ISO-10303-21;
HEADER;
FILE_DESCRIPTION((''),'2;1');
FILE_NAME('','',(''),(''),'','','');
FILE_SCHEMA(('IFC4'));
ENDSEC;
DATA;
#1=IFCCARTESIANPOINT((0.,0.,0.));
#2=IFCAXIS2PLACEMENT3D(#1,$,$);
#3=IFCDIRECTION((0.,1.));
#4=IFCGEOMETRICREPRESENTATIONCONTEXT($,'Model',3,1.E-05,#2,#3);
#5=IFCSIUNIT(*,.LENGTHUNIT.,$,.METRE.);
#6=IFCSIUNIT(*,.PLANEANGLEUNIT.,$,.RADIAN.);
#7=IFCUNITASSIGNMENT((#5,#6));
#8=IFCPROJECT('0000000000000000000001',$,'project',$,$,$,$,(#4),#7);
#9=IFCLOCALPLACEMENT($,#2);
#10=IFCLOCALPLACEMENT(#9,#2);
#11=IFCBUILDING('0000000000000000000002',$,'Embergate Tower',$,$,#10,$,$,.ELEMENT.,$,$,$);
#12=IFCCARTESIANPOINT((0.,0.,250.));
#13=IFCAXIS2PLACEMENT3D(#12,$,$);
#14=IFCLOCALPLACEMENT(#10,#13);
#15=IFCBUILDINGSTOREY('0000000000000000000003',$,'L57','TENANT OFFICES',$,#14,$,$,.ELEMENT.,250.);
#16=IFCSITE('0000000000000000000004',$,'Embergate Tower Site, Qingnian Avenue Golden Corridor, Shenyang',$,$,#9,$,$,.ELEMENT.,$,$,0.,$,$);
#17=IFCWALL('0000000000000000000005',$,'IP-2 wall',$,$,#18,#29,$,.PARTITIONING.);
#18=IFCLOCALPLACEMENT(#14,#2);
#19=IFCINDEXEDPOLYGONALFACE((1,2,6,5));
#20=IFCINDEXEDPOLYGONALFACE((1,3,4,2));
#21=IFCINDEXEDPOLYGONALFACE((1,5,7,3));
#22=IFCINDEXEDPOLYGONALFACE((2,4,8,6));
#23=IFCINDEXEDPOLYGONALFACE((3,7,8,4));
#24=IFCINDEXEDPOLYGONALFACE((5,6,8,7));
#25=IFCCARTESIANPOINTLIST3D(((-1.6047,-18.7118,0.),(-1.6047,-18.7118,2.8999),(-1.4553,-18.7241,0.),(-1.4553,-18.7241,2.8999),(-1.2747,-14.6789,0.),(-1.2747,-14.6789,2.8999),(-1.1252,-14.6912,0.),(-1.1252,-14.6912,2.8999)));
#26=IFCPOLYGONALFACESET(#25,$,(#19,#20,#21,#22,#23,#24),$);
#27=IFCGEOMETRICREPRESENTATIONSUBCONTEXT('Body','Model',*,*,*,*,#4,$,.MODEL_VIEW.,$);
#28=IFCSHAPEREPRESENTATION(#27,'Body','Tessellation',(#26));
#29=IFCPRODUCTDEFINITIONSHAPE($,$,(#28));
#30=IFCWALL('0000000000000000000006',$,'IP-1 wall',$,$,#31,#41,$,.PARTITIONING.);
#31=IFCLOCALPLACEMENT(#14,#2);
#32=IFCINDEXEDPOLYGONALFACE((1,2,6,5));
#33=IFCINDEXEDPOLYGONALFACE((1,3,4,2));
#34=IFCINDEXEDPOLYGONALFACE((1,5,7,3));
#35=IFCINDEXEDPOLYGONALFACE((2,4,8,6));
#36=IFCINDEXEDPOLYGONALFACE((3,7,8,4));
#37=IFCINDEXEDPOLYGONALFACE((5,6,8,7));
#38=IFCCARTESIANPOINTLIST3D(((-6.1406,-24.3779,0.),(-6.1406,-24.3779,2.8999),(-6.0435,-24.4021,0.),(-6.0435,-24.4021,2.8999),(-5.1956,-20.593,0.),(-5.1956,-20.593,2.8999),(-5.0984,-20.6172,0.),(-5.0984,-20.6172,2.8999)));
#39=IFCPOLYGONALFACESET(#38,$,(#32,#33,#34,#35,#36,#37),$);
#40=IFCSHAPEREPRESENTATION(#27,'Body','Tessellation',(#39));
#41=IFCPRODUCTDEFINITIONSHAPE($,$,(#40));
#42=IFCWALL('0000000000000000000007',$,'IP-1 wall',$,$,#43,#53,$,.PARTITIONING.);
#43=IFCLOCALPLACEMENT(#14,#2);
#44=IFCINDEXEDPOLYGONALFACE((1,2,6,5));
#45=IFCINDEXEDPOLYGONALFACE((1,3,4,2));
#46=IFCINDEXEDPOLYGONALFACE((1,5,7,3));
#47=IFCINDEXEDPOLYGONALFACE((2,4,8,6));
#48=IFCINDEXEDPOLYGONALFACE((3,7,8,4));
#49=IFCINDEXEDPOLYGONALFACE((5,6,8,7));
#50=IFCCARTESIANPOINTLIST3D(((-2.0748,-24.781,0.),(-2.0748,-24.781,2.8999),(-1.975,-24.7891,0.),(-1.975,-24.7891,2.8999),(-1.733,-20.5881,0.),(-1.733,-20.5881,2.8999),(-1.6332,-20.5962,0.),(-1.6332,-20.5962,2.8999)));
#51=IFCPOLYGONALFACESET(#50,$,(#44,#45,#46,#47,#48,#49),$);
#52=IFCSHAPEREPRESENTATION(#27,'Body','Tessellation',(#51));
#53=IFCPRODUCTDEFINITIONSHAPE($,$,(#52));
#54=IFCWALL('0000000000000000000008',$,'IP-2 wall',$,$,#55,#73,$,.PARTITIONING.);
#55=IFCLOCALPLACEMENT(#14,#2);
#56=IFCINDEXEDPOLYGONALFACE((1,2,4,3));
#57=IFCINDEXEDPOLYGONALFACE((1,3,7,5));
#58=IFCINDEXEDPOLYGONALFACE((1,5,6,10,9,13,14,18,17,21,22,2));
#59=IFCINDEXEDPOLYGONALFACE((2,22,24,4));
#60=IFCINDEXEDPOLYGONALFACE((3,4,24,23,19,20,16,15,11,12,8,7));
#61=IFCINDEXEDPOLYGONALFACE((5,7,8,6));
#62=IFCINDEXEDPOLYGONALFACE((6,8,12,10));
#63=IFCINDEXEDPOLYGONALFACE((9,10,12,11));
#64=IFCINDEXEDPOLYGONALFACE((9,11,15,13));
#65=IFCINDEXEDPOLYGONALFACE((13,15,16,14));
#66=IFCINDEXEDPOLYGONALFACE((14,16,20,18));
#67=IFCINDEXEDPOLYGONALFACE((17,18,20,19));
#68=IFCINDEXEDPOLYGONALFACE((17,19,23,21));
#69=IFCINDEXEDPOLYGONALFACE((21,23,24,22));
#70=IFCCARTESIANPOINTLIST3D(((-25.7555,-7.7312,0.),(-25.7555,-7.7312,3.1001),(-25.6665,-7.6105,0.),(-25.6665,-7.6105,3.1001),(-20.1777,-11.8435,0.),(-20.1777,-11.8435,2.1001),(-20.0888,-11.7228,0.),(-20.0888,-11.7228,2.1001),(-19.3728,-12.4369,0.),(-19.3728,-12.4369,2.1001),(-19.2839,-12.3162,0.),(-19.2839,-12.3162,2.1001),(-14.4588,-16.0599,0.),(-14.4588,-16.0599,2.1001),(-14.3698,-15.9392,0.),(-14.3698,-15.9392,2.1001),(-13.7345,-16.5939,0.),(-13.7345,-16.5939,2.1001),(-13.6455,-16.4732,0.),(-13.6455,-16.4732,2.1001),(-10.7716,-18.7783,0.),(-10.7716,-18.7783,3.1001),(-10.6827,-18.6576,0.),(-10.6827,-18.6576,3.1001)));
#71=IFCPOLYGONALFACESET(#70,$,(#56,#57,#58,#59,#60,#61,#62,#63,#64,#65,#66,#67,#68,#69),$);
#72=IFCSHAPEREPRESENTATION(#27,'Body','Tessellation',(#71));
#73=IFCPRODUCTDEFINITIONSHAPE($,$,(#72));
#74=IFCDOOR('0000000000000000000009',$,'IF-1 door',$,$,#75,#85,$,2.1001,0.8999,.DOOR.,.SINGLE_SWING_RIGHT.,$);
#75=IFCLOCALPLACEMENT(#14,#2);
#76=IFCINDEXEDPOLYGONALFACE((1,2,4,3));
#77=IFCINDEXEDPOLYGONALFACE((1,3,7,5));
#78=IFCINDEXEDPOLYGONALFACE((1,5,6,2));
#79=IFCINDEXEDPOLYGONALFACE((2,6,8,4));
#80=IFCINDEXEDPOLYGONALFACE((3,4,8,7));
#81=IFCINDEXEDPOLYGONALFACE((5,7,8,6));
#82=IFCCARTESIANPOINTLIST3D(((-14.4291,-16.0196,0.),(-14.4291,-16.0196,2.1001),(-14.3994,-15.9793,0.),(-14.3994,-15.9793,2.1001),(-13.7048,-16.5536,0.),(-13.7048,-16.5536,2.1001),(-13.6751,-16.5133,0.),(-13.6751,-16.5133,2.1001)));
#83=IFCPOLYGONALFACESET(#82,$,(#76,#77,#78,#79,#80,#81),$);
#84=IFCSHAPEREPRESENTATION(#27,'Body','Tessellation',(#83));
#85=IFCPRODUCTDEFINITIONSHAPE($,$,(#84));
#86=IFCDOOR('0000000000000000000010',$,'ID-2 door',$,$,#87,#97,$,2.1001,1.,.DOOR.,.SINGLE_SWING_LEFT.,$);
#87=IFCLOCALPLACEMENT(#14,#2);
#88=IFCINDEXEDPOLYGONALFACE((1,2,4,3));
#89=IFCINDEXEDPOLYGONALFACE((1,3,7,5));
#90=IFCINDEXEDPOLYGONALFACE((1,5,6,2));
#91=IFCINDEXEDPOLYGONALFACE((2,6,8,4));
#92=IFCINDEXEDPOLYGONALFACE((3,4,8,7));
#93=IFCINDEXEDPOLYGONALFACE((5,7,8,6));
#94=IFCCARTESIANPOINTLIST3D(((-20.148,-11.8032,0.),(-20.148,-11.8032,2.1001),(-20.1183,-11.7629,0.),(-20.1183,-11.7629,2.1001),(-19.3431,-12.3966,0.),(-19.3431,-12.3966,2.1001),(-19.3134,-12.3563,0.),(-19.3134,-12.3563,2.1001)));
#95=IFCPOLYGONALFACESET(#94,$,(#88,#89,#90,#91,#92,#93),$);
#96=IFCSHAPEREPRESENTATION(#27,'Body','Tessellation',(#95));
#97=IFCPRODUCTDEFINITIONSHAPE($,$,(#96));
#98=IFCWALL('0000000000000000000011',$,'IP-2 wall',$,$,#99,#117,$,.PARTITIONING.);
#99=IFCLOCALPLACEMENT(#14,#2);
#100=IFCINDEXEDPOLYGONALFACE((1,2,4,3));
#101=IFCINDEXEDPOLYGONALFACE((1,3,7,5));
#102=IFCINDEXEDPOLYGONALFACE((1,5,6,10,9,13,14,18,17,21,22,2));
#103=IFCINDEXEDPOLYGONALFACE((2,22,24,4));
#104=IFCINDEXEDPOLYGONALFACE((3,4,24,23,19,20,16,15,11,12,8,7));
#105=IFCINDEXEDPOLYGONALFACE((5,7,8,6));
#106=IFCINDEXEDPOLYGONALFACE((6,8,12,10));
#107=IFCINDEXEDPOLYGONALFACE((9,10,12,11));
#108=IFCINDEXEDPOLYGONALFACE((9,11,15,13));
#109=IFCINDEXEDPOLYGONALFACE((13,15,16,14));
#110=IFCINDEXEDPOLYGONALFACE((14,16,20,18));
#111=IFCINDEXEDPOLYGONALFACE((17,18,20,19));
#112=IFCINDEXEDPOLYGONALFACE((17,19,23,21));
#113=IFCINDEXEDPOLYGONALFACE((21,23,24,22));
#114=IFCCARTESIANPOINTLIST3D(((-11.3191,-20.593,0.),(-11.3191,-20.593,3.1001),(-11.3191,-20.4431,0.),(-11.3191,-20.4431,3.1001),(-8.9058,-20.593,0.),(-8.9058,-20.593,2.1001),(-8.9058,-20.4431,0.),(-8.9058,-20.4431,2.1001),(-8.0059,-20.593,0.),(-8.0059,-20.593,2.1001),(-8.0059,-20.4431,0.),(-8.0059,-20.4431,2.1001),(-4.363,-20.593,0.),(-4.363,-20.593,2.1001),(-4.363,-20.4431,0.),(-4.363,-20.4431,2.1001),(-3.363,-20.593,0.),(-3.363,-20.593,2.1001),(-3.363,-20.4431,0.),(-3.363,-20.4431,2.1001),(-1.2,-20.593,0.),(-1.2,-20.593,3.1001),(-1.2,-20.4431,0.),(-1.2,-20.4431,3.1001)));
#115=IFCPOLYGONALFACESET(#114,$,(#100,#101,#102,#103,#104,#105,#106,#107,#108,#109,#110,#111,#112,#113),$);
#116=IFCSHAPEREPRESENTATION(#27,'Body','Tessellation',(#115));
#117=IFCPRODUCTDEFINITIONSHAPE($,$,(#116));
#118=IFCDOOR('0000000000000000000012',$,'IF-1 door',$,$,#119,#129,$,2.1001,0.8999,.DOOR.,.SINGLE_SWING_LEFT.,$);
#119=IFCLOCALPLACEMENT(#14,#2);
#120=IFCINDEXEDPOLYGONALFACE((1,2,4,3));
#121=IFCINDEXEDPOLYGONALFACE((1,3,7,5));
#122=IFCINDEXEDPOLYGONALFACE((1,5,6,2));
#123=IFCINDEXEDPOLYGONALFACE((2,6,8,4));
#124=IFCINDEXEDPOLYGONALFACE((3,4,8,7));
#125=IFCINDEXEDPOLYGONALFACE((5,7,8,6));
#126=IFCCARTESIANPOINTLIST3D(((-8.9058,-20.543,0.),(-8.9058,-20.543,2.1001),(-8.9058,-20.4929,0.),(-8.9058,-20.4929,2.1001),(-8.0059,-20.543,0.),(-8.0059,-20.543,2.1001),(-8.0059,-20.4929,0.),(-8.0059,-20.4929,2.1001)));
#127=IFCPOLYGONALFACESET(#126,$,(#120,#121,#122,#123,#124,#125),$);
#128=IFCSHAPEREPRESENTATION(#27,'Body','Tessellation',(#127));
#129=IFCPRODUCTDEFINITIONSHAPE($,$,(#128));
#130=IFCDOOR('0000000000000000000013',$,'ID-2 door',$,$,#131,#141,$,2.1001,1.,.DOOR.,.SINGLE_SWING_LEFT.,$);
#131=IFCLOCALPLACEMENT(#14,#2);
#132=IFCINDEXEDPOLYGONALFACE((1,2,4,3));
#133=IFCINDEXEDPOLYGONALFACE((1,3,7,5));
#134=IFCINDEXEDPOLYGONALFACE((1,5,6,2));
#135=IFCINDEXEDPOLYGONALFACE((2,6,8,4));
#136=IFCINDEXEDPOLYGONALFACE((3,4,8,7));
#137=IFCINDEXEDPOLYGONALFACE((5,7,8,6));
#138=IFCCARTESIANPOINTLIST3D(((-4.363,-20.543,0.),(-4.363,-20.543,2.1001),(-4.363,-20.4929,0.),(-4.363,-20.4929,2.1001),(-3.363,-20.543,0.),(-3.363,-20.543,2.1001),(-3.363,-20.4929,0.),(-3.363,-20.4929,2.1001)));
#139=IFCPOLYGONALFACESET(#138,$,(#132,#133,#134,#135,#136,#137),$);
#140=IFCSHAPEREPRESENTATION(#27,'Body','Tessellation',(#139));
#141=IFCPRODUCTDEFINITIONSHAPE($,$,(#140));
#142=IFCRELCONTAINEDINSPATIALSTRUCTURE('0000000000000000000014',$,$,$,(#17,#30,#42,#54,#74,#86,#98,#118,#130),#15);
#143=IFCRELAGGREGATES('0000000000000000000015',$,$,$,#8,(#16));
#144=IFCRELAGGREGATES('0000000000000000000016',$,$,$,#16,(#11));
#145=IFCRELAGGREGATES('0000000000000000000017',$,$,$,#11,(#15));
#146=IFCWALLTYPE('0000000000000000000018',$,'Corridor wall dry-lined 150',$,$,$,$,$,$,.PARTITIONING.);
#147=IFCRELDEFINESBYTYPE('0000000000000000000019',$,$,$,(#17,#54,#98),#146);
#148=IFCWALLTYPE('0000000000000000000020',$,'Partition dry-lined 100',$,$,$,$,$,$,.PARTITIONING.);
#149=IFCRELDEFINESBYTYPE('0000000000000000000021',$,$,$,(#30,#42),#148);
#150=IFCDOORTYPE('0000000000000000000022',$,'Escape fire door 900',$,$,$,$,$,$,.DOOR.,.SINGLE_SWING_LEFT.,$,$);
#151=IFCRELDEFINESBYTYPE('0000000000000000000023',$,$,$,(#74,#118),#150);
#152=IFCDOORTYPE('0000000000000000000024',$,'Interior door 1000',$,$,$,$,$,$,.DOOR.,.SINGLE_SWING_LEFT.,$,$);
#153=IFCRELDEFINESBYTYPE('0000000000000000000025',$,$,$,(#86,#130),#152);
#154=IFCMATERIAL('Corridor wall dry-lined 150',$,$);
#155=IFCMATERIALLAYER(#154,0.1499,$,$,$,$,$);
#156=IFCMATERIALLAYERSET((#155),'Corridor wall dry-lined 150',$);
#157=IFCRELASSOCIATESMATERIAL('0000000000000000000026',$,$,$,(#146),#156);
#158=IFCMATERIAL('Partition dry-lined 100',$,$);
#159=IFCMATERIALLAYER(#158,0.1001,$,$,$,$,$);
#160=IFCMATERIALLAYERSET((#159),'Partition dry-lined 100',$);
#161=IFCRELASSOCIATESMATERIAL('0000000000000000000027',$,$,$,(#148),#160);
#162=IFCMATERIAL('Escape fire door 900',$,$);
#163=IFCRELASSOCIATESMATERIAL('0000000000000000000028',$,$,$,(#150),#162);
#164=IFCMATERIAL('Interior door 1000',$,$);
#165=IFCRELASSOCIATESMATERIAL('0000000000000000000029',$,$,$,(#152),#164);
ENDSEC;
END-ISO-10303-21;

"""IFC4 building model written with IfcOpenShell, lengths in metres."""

from ifc_helpers import new_model, si_unit, direction, frame, frame_2d, origin, place, context, subcontext, project, spatial, rectangle, extrude, source, transform, mapped, material, layer, layer_set, type_object, element, fill, save


model = new_model("IFC4")

# Units and contexts
model_context = context("Model", 3, precision=1e-05, world=origin(), true_north=direction((0.0, 1.0)))
body_context = subcontext(model_context, "Body", "Model", "MODEL_VIEW")
ifc_project = project(units=[si_unit("LENGTHUNIT", "METRE"), si_unit("PLANEANGLEUNIT", "RADIAN")], contexts=[model_context])

# Site, building, storey
site_placement = place(None, origin())
site = spatial("IfcSite", under=ifc_project, at=site_placement, Name="Embergate Tower Site, Qingnian Avenue Golden Corridor, Shenyang", CompositionType="ELEMENT", RefElevation=0.0)
building_placement = place(site_placement, origin())
building = spatial("IfcBuilding", under=site, at=building_placement, Name="Embergate Tower", CompositionType="ELEMENT")
storey_placement = place(building_placement, frame((0.0, 0.0, 250.0)))
storey = spatial("IfcBuildingStorey", under=building, at=storey_placement, Name="L57", Description="TENANT OFFICES", CompositionType="ELEMENT", Elevation=250.0)

# Walls
ifc_material_1 = material(Name="Corridor wall dry-lined 150")
ifc_layer_1 = layer(ifc_material_1, 0.1499)
ifc_layer_set_1 = layer_set([ifc_layer_1], Name="Corridor wall dry-lined 150")
wall_type_1 = type_object("IfcWallType", Name="Corridor wall dry-lined 150", PredefinedType="PARTITIONING", material=ifc_layer_set_1)
shared_shape_1 = source(origin(), body_context, "Body", "SweptSolid", [
    extrude(rectangle(XDim=4.0464, YDim=0.1499, at=frame_2d((2.0232, 0.0))), origin(), (0.0, 0.0, 1.0), 2.8999),
])
wall_1_placement = place(storey_placement, frame((-1.2, -14.6851, 0.0), z_axis=(0.0, 0.0, 1.0), x_axis=(-0.081572, -0.996667, 0.0)))
element("IfcWall", 1, at=wall_1_placement, inside=storey, type_object=wall_type_1, Name="IP-2 wall", PredefinedType="PARTITIONING", context=body_context, shape_type="MappedRepresentation", body=[
    mapped(shared_shape_1, transform((0.0, 0.0, 0.0))),
])
ifc_material_2 = material(Name="Partition dry-lined 100")
ifc_layer_2 = layer(ifc_material_2, 0.1001)
ifc_layer_set_2 = layer_set([ifc_layer_2], Name="Partition dry-lined 100")
wall_type_2 = type_object("IfcWallType", Name="Partition dry-lined 100", PredefinedType="PARTITIONING", material=ifc_layer_set_2)
shared_shape_2 = source(origin(), body_context, "Body", "SweptSolid", [
    extrude(rectangle(XDim=3.9011, YDim=0.1001, at=frame_2d((1.9507, 0.0))), origin(), (0.0, 0.0, 1.0), 2.8999),
])
wall_2_placement = place(storey_placement, frame((-5.147, -20.605, 0.0), z_axis=(0.0, 0.0, 1.0), x_axis=(-0.242256, -0.970212, 0.0)))
element("IfcWall", 2, at=wall_2_placement, inside=storey, type_object=wall_type_2, Name="IP-1 wall", PredefinedType="PARTITIONING", context=body_context, shape_type="MappedRepresentation", body=[
    mapped(shared_shape_2, transform((0.0, 0.0, 0.0))),
])
shared_shape_3 = source(origin(), body_context, "Body", "SweptSolid", [
    extrude(rectangle(XDim=4.2068, YDim=0.1001, at=frame_2d((2.1035, 0.0))), origin(), (0.0, 0.0, 1.0), 2.8999),
])
wall_3_placement = place(storey_placement, frame((-1.6831, -20.592, 0.0), z_axis=(0.0, 0.0, 1.0), x_axis=(-0.081249, -0.996694, 0.0)))
element("IfcWall", 3, at=wall_3_placement, inside=storey, type_object=wall_type_2, Name="IP-1 wall", PredefinedType="PARTITIONING", context=body_context, shape_type="MappedRepresentation", body=[
    mapped(shared_shape_3, transform((0.0, 0.0, 0.0))),
])

# Walls, openings, doors
shared_shape_4 = source(origin(), body_context, "Body", "SweptSolid", [
    extrude(rectangle(XDim=18.616, YDim=0.1499, at=frame_2d((9.3081, 0.0))), origin(), (0.0, 0.0, 1.0), 3.1001),
])
wall_4_placement = place(storey_placement, frame((-10.7271, -18.718, 0.0), z_axis=(0.0, 0.0, 1.0), x_axis=(-0.804893, 0.59342, 0.0)))
wall_4 = element("IfcWall", 4, at=wall_4_placement, inside=storey, type_object=wall_type_1, Name="IP-2 wall", PredefinedType="PARTITIONING", context=body_context, shape_type="MappedRepresentation", body=[
    mapped(shared_shape_4, transform((0.0, 0.0, 0.0))),
])
shared_shape_5 = source(origin(), body_context, "Body", "SweptSolid", [
    extrude(rectangle(XDim=1.0, YDim=2.1001, at=frame_2d((0.5, 1.05))), frame((0.0, 0.085, 0.0), z_axis=(0.0, -1.0, 0.0), x_axis=(1.0, 0.0, 0.0)), (0.0, 0.0, 1.0), 0.1699),
])
opening_1_placement = place(wall_4_placement, frame((10.6863, 0.0, 0.0)))
opening_1 = element("IfcOpeningElement", 5, at=opening_1_placement, cuts=wall_4, PredefinedType="OPENING", context=body_context, shape_type="MappedRepresentation", body=[
    mapped(shared_shape_5, transform((0.0, 0.0, 0.0))),
])
shared_shape_6 = source(origin(), body_context, "Body", "SweptSolid", [
    extrude(rectangle(XDim=0.8999, YDim=2.1001, at=frame_2d((0.45, 1.05))), frame((0.0, 0.085, 0.0), z_axis=(0.0, -1.0, 0.0), x_axis=(1.0, 0.0, 0.0)), (0.0, 0.0, 1.0), 0.1699),
])
opening_2_placement = place(wall_4_placement, frame((3.6812, 0.0, 0.0)))
opening_2 = element("IfcOpeningElement", 6, at=opening_2_placement, cuts=wall_4, PredefinedType="OPENING", context=body_context, shape_type="MappedRepresentation", body=[
    mapped(shared_shape_6, transform((0.0, 0.0, 0.0))),
])
ifc_material_3 = material(Name="Escape fire door 900")
door_type_1 = type_object("IfcDoorType", Name="Escape fire door 900", OperationType="SINGLE_SWING_LEFT", PredefinedType="DOOR", material=ifc_material_3)
shared_shape_7 = source(origin(), body_context, "Body", "SweptSolid", [
    extrude(rectangle(XDim=0.8999, YDim=2.1001, at=frame_2d((0.45, 1.05))), frame((0.0, 0.0249, 0.0), z_axis=(0.0, -1.0, 0.0), x_axis=(1.0, 0.0, 0.0)), (0.0, 0.0, 1.0), 0.05),
])
door_1_placement = place(opening_2_placement, origin())
door_1 = element("IfcDoor", 7, at=door_1_placement, inside=storey, type_object=door_type_1, Name="IF-1 door", OperationType="SINGLE_SWING_RIGHT", OverallHeight=2.1001, OverallWidth=0.8999, PredefinedType="DOOR", context=body_context, shape_type="MappedRepresentation", body=[
    mapped(shared_shape_7, transform((0.0, 0.0, 0.0))),
])
fill(opening_2, door_1)
ifc_material_4 = material(Name="Interior door 1000")
door_type_2 = type_object("IfcDoorType", Name="Interior door 1000", OperationType="SINGLE_SWING_LEFT", PredefinedType="DOOR", material=ifc_material_4)
shared_shape_8 = source(origin(), body_context, "Body", "SweptSolid", [
    extrude(rectangle(XDim=1.0, YDim=2.1001, at=frame_2d((0.5, 1.05))), frame((0.0, 0.0249, 0.0), z_axis=(0.0, -1.0, 0.0), x_axis=(1.0, 0.0, 0.0)), (0.0, 0.0, 1.0), 0.05),
])
door_2_placement = place(opening_1_placement, origin())
door_2 = element("IfcDoor", 8, at=door_2_placement, inside=storey, type_object=door_type_2, Name="ID-2 door", OperationType="SINGLE_SWING_LEFT", OverallHeight=2.1001, OverallWidth=1.0, PredefinedType="DOOR", context=body_context, shape_type="MappedRepresentation", body=[
    mapped(shared_shape_8, transform((0.0, 0.0, 0.0))),
])
fill(opening_1, door_2)
shared_shape_9 = source(origin(), body_context, "Body", "SweptSolid", [
    extrude(rectangle(XDim=10.1191, YDim=0.1499, at=frame_2d((5.0596, 0.0))), origin(), (0.0, 0.0, 1.0), 3.1001),
])
wall_5_placement = place(storey_placement, frame((-1.2, -20.5181, 0.0), z_axis=(0.0, 0.0, 1.0), x_axis=(-1.0, 0.0, 0.0)))
wall_5 = element("IfcWall", 9, at=wall_5_placement, inside=storey, type_object=wall_type_1, Name="IP-2 wall", PredefinedType="PARTITIONING", context=body_context, shape_type="MappedRepresentation", body=[
    mapped(shared_shape_9, transform((0.0, 0.0, 0.0))),
])
opening_3_placement = place(wall_5_placement, frame((6.8059, 0.0, 0.0)))
opening_3 = element("IfcOpeningElement", 10, at=opening_3_placement, cuts=wall_5, PredefinedType="OPENING", context=body_context, shape_type="MappedRepresentation", body=[
    mapped(shared_shape_6, transform((0.0, 0.0, 0.0))),
])
opening_4_placement = place(wall_5_placement, frame((2.1631, 0.0, 0.0)))
opening_4 = element("IfcOpeningElement", 11, at=opening_4_placement, cuts=wall_5, PredefinedType="OPENING", context=body_context, shape_type="MappedRepresentation", body=[
    mapped(shared_shape_5, transform((0.0, 0.0, 0.0))),
])
door_3_placement = place(opening_3_placement, origin())
door_3 = element("IfcDoor", 12, at=door_3_placement, inside=storey, type_object=door_type_1, Name="IF-1 door", OperationType="SINGLE_SWING_LEFT", OverallHeight=2.1001, OverallWidth=0.8999, PredefinedType="DOOR", context=body_context, shape_type="MappedRepresentation", body=[
    mapped(shared_shape_7, transform((0.0, 0.0, 0.0))),
])
fill(opening_3, door_3)
door_4_placement = place(opening_4_placement, origin())
door_4 = element("IfcDoor", 13, at=door_4_placement, inside=storey, type_object=door_type_2, Name="ID-2 door", OperationType="SINGLE_SWING_LEFT", OverallHeight=2.1001, OverallWidth=1.0, PredefinedType="DOOR", context=body_context, shape_type="MappedRepresentation", body=[
    mapped(shared_shape_8, transform((0.0, 0.0, 0.0))),
])
fill(opening_4, door_4)

save(model, "model.ifc")
